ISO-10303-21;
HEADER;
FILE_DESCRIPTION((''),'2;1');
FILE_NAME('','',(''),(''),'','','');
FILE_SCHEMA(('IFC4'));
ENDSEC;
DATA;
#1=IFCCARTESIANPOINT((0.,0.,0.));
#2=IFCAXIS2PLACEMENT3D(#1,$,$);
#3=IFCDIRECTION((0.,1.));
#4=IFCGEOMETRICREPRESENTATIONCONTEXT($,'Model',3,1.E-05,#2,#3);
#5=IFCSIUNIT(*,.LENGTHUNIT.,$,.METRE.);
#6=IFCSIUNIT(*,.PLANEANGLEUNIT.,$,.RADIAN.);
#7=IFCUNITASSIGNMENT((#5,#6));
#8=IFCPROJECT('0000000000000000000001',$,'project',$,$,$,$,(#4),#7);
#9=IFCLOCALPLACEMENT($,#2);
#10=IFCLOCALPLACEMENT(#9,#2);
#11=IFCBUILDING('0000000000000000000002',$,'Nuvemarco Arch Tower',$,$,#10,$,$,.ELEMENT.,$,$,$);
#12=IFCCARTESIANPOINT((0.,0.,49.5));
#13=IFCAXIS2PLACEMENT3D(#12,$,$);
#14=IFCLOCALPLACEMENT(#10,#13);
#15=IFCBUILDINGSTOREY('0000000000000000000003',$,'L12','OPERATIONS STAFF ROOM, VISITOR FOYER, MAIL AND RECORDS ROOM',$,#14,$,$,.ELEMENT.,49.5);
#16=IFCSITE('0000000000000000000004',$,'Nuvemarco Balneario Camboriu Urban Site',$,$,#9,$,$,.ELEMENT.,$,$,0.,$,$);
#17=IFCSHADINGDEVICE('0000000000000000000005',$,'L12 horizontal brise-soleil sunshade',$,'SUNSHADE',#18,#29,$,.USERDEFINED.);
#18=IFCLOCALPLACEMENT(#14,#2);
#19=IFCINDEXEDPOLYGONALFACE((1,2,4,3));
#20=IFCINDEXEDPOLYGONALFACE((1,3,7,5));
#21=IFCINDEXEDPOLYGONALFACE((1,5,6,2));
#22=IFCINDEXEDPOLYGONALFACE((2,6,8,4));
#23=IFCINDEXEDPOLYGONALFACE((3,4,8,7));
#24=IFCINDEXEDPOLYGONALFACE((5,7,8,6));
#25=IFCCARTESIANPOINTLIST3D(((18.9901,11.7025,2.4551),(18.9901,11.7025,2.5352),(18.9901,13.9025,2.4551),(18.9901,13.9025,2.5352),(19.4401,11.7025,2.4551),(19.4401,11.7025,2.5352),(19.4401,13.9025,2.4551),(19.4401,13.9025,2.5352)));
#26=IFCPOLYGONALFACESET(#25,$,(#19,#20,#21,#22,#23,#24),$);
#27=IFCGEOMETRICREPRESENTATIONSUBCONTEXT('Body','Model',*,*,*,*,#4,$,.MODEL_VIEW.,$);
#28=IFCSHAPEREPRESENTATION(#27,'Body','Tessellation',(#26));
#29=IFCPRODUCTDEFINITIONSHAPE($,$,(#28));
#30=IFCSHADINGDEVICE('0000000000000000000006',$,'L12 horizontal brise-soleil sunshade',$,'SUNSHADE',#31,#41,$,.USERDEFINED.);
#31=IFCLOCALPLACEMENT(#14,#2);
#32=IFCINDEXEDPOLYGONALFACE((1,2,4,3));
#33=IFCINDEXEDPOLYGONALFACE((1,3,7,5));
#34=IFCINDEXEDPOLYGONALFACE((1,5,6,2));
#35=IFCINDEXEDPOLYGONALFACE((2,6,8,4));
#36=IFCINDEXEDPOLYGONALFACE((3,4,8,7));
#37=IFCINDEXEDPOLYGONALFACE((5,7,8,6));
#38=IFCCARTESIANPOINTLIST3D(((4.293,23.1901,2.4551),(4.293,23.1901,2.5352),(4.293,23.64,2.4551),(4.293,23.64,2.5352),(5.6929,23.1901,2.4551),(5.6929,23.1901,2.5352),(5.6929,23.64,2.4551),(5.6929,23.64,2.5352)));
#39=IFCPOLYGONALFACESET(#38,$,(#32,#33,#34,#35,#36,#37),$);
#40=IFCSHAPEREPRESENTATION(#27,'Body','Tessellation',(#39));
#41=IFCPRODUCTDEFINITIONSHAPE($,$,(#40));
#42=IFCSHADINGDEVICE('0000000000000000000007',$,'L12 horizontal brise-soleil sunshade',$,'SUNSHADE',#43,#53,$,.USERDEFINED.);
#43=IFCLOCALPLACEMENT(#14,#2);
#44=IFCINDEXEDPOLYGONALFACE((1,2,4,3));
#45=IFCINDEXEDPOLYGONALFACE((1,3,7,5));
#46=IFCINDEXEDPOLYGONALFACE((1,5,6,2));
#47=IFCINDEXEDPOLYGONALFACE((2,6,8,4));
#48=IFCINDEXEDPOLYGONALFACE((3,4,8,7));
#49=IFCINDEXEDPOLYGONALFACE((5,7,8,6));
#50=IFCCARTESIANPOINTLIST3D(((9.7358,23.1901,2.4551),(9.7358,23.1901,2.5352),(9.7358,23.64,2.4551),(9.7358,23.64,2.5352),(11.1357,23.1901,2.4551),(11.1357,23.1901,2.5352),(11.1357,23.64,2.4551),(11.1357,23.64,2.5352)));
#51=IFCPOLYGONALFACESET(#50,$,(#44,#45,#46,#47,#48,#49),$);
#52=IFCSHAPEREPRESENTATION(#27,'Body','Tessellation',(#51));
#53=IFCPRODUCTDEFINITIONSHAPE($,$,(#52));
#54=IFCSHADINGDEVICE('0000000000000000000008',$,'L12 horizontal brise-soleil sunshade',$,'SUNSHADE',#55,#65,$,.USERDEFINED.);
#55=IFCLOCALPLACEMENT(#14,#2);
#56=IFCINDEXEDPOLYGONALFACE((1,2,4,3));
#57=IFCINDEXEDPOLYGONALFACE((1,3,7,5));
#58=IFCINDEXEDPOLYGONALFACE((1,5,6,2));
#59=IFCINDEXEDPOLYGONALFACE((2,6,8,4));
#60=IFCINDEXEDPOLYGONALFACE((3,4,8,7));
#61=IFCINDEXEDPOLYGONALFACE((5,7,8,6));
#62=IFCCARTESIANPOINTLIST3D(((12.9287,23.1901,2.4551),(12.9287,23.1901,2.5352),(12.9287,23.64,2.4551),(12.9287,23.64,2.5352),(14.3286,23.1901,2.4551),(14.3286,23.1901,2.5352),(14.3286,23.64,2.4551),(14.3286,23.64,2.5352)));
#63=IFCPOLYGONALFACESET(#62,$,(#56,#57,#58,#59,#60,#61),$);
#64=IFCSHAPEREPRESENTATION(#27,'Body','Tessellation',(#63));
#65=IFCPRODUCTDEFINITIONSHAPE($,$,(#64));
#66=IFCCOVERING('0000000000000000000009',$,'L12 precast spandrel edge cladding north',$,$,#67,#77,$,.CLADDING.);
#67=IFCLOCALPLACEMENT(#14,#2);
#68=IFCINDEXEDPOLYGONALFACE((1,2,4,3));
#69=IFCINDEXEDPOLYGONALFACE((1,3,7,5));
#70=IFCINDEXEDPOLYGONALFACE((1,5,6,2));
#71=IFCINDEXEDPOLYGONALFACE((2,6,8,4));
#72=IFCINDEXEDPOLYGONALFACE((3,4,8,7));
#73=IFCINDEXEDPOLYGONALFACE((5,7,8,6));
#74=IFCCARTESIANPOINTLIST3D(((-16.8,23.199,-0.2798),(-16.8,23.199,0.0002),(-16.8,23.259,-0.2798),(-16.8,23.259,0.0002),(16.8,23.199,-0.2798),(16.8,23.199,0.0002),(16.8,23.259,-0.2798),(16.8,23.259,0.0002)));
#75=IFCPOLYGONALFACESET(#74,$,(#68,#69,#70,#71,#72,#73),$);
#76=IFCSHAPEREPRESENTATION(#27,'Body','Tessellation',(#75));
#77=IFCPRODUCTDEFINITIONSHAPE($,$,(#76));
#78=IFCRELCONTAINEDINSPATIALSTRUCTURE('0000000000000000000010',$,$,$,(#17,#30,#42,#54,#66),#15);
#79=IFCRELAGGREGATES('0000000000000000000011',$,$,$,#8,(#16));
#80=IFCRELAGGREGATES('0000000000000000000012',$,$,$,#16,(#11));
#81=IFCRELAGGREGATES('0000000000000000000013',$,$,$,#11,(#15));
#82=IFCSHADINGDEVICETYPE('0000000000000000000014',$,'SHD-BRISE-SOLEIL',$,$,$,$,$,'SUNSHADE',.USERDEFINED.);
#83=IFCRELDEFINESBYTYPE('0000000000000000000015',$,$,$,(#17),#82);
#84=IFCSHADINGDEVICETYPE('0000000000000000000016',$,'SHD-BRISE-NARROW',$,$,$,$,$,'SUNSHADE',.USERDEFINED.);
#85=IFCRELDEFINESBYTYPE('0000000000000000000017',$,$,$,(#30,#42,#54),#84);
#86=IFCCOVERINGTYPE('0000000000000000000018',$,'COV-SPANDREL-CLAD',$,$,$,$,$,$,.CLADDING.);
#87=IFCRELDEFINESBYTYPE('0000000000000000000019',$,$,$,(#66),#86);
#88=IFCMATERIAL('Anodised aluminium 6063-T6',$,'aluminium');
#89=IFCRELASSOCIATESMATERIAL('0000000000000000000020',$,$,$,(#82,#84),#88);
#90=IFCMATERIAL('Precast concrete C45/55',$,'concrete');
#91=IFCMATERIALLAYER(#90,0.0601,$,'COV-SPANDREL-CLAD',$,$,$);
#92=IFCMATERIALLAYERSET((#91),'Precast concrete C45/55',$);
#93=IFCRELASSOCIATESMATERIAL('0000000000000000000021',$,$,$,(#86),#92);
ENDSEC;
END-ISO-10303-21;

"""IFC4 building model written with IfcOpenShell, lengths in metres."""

from ifc_helpers import new_model, si_unit, direction, frame, origin, origin_2d, place, context, subcontext, project, spatial, rectangle, extrude, source, transform, mapped, material, layer, layer_set, type_object, type_shapes, element, save


model = new_model("IFC4")

# Units and contexts
model_context = context("Model", 3, precision=1e-05, world=origin(), true_north=direction((0.0, 1.0)))
body_context = subcontext(model_context, "Body", "Model", "MODEL_VIEW")
ifc_project = project(units=[si_unit("LENGTHUNIT", "METRE"), si_unit("PLANEANGLEUNIT", "RADIAN")], contexts=[model_context])

# Site, building, storey
site_placement = place(None, origin())
site = spatial("IfcSite", under=ifc_project, at=site_placement, Name="Nuvemarco Balneario Camboriu Urban Site", CompositionType="ELEMENT", RefElevation=0.0)
building_placement = place(site_placement, origin())
building = spatial("IfcBuilding", under=site, at=building_placement, Name="Nuvemarco Arch Tower", CompositionType="ELEMENT")
storey_placement = place(building_placement, frame((0.0, 0.0, 49.5)))
storey = spatial("IfcBuildingStorey", under=building, at=storey_placement, Name="L12", Description="OPERATIONS STAFF ROOM, VISITOR FOYER, MAIL AND RECORDS ROOM", CompositionType="ELEMENT", Elevation=49.5)

# Shared definitions
ifc_material_1 = material(Name="Precast concrete C45/55", Category="concrete")

# Shading devices
ifc_material_2 = material(Name="Anodised aluminium 6063-T6", Category="aluminium")
shading_device_type_1 = type_object("IfcShadingDeviceType", Name="SHD-BRISE-SOLEIL", ElementType="SUNSHADE", PredefinedType="USERDEFINED", material=ifc_material_2)
shared_shape_1 = source(origin(), body_context, "Body", "SweptSolid", [
    extrude(rectangle(XDim=2.2, YDim=0.45, at=origin_2d()), origin(), (0.0, 0.0, 1.0), 0.0801),
])
type_shapes(shading_device_type_1, [shared_shape_1])
shading_device_placement = place(storey_placement, frame((19.2151, 12.8025, 2.4551), z_axis=(0.0, 0.0, 1.0), x_axis=(0.0, 1.0, 0.0)))
element("IfcShadingDevice", 1, at=shading_device_placement, inside=storey, type_object=shading_device_type_1, Name="L12 horizontal brise-soleil sunshade", ObjectType="SUNSHADE", PredefinedType="USERDEFINED", context=body_context, shape_type="MappedRepresentation", body=[
    mapped(shared_shape_1, transform((0.0, 0.0, 0.0), scale=1.0)),
])
shading_device_type_2 = type_object("IfcShadingDeviceType", Name="SHD-BRISE-NARROW", ElementType="SUNSHADE", PredefinedType="USERDEFINED", material=ifc_material_2)
shared_shape_2 = source(origin(), body_context, "Body", "SweptSolid", [
    extrude(rectangle(XDim=1.3999, YDim=0.45, at=origin_2d()), origin(), (0.0, 0.0, 1.0), 0.0801),
])
type_shapes(shading_device_type_2, [shared_shape_2])
for number, where, z_axis, x_axis, name in (
    (2, (4.9929, 23.415, 2.4551), (0.0, 0.0, 1.0), (1.0, 0.0, 0.0), "L12 horizontal brise-soleil sunshade"),
    (3, (10.4358, 23.415, 2.4551), (0.0, 0.0, 1.0), (1.0, 0.0, 0.0), "L12 horizontal brise-soleil sunshade"),
    (4, (13.6287, 23.415, 2.4551), (0.0, 0.0, 1.0), (1.0, 0.0, 0.0), "L12 horizontal brise-soleil sunshade"),
):
    element("IfcShadingDevice", number, at=place(storey_placement, frame(where, z_axis=z_axis, x_axis=x_axis)), inside=storey, type_object=shading_device_type_2, Name=name, ObjectType="SUNSHADE", PredefinedType="USERDEFINED", context=body_context, shape_type="MappedRepresentation", body=[
        mapped(shared_shape_2, transform((0.0, 0.0, 0.0), scale=1.0)),
    ])

# Covering
ifc_layer_1 = layer(ifc_material_1, 0.0601, Name="COV-SPANDREL-CLAD")
ifc_layer_set_1 = layer_set([ifc_layer_1], Name="Precast concrete C45/55")
covering_type = type_object("IfcCoveringType", Name="COV-SPANDREL-CLAD", PredefinedType="CLADDING", material=ifc_layer_set_1)
shared_shape_3 = source(origin(), body_context, "Body", "SweptSolid", [
    extrude(rectangle(XDim=33.6001, YDim=0.0601, at=origin_2d()), origin(), (0.0, 0.0, 1.0), 0.28),
])
type_shapes(covering_type, [shared_shape_3])
covering_placement = place(storey_placement, frame((0.0, 23.229, -0.2798), z_axis=(0.0, 0.0, 1.0), x_axis=(1.0, 0.0, 0.0)))
element("IfcCovering", 5, at=covering_placement, inside=storey, type_object=covering_type, Name="L12 precast spandrel edge cladding north", PredefinedType="CLADDING", context=body_context, shape_type="MappedRepresentation", body=[
    mapped(shared_shape_3, transform((0.0, 0.0, 0.0), scale=1.0)),
])

save(model, "model.ifc")
